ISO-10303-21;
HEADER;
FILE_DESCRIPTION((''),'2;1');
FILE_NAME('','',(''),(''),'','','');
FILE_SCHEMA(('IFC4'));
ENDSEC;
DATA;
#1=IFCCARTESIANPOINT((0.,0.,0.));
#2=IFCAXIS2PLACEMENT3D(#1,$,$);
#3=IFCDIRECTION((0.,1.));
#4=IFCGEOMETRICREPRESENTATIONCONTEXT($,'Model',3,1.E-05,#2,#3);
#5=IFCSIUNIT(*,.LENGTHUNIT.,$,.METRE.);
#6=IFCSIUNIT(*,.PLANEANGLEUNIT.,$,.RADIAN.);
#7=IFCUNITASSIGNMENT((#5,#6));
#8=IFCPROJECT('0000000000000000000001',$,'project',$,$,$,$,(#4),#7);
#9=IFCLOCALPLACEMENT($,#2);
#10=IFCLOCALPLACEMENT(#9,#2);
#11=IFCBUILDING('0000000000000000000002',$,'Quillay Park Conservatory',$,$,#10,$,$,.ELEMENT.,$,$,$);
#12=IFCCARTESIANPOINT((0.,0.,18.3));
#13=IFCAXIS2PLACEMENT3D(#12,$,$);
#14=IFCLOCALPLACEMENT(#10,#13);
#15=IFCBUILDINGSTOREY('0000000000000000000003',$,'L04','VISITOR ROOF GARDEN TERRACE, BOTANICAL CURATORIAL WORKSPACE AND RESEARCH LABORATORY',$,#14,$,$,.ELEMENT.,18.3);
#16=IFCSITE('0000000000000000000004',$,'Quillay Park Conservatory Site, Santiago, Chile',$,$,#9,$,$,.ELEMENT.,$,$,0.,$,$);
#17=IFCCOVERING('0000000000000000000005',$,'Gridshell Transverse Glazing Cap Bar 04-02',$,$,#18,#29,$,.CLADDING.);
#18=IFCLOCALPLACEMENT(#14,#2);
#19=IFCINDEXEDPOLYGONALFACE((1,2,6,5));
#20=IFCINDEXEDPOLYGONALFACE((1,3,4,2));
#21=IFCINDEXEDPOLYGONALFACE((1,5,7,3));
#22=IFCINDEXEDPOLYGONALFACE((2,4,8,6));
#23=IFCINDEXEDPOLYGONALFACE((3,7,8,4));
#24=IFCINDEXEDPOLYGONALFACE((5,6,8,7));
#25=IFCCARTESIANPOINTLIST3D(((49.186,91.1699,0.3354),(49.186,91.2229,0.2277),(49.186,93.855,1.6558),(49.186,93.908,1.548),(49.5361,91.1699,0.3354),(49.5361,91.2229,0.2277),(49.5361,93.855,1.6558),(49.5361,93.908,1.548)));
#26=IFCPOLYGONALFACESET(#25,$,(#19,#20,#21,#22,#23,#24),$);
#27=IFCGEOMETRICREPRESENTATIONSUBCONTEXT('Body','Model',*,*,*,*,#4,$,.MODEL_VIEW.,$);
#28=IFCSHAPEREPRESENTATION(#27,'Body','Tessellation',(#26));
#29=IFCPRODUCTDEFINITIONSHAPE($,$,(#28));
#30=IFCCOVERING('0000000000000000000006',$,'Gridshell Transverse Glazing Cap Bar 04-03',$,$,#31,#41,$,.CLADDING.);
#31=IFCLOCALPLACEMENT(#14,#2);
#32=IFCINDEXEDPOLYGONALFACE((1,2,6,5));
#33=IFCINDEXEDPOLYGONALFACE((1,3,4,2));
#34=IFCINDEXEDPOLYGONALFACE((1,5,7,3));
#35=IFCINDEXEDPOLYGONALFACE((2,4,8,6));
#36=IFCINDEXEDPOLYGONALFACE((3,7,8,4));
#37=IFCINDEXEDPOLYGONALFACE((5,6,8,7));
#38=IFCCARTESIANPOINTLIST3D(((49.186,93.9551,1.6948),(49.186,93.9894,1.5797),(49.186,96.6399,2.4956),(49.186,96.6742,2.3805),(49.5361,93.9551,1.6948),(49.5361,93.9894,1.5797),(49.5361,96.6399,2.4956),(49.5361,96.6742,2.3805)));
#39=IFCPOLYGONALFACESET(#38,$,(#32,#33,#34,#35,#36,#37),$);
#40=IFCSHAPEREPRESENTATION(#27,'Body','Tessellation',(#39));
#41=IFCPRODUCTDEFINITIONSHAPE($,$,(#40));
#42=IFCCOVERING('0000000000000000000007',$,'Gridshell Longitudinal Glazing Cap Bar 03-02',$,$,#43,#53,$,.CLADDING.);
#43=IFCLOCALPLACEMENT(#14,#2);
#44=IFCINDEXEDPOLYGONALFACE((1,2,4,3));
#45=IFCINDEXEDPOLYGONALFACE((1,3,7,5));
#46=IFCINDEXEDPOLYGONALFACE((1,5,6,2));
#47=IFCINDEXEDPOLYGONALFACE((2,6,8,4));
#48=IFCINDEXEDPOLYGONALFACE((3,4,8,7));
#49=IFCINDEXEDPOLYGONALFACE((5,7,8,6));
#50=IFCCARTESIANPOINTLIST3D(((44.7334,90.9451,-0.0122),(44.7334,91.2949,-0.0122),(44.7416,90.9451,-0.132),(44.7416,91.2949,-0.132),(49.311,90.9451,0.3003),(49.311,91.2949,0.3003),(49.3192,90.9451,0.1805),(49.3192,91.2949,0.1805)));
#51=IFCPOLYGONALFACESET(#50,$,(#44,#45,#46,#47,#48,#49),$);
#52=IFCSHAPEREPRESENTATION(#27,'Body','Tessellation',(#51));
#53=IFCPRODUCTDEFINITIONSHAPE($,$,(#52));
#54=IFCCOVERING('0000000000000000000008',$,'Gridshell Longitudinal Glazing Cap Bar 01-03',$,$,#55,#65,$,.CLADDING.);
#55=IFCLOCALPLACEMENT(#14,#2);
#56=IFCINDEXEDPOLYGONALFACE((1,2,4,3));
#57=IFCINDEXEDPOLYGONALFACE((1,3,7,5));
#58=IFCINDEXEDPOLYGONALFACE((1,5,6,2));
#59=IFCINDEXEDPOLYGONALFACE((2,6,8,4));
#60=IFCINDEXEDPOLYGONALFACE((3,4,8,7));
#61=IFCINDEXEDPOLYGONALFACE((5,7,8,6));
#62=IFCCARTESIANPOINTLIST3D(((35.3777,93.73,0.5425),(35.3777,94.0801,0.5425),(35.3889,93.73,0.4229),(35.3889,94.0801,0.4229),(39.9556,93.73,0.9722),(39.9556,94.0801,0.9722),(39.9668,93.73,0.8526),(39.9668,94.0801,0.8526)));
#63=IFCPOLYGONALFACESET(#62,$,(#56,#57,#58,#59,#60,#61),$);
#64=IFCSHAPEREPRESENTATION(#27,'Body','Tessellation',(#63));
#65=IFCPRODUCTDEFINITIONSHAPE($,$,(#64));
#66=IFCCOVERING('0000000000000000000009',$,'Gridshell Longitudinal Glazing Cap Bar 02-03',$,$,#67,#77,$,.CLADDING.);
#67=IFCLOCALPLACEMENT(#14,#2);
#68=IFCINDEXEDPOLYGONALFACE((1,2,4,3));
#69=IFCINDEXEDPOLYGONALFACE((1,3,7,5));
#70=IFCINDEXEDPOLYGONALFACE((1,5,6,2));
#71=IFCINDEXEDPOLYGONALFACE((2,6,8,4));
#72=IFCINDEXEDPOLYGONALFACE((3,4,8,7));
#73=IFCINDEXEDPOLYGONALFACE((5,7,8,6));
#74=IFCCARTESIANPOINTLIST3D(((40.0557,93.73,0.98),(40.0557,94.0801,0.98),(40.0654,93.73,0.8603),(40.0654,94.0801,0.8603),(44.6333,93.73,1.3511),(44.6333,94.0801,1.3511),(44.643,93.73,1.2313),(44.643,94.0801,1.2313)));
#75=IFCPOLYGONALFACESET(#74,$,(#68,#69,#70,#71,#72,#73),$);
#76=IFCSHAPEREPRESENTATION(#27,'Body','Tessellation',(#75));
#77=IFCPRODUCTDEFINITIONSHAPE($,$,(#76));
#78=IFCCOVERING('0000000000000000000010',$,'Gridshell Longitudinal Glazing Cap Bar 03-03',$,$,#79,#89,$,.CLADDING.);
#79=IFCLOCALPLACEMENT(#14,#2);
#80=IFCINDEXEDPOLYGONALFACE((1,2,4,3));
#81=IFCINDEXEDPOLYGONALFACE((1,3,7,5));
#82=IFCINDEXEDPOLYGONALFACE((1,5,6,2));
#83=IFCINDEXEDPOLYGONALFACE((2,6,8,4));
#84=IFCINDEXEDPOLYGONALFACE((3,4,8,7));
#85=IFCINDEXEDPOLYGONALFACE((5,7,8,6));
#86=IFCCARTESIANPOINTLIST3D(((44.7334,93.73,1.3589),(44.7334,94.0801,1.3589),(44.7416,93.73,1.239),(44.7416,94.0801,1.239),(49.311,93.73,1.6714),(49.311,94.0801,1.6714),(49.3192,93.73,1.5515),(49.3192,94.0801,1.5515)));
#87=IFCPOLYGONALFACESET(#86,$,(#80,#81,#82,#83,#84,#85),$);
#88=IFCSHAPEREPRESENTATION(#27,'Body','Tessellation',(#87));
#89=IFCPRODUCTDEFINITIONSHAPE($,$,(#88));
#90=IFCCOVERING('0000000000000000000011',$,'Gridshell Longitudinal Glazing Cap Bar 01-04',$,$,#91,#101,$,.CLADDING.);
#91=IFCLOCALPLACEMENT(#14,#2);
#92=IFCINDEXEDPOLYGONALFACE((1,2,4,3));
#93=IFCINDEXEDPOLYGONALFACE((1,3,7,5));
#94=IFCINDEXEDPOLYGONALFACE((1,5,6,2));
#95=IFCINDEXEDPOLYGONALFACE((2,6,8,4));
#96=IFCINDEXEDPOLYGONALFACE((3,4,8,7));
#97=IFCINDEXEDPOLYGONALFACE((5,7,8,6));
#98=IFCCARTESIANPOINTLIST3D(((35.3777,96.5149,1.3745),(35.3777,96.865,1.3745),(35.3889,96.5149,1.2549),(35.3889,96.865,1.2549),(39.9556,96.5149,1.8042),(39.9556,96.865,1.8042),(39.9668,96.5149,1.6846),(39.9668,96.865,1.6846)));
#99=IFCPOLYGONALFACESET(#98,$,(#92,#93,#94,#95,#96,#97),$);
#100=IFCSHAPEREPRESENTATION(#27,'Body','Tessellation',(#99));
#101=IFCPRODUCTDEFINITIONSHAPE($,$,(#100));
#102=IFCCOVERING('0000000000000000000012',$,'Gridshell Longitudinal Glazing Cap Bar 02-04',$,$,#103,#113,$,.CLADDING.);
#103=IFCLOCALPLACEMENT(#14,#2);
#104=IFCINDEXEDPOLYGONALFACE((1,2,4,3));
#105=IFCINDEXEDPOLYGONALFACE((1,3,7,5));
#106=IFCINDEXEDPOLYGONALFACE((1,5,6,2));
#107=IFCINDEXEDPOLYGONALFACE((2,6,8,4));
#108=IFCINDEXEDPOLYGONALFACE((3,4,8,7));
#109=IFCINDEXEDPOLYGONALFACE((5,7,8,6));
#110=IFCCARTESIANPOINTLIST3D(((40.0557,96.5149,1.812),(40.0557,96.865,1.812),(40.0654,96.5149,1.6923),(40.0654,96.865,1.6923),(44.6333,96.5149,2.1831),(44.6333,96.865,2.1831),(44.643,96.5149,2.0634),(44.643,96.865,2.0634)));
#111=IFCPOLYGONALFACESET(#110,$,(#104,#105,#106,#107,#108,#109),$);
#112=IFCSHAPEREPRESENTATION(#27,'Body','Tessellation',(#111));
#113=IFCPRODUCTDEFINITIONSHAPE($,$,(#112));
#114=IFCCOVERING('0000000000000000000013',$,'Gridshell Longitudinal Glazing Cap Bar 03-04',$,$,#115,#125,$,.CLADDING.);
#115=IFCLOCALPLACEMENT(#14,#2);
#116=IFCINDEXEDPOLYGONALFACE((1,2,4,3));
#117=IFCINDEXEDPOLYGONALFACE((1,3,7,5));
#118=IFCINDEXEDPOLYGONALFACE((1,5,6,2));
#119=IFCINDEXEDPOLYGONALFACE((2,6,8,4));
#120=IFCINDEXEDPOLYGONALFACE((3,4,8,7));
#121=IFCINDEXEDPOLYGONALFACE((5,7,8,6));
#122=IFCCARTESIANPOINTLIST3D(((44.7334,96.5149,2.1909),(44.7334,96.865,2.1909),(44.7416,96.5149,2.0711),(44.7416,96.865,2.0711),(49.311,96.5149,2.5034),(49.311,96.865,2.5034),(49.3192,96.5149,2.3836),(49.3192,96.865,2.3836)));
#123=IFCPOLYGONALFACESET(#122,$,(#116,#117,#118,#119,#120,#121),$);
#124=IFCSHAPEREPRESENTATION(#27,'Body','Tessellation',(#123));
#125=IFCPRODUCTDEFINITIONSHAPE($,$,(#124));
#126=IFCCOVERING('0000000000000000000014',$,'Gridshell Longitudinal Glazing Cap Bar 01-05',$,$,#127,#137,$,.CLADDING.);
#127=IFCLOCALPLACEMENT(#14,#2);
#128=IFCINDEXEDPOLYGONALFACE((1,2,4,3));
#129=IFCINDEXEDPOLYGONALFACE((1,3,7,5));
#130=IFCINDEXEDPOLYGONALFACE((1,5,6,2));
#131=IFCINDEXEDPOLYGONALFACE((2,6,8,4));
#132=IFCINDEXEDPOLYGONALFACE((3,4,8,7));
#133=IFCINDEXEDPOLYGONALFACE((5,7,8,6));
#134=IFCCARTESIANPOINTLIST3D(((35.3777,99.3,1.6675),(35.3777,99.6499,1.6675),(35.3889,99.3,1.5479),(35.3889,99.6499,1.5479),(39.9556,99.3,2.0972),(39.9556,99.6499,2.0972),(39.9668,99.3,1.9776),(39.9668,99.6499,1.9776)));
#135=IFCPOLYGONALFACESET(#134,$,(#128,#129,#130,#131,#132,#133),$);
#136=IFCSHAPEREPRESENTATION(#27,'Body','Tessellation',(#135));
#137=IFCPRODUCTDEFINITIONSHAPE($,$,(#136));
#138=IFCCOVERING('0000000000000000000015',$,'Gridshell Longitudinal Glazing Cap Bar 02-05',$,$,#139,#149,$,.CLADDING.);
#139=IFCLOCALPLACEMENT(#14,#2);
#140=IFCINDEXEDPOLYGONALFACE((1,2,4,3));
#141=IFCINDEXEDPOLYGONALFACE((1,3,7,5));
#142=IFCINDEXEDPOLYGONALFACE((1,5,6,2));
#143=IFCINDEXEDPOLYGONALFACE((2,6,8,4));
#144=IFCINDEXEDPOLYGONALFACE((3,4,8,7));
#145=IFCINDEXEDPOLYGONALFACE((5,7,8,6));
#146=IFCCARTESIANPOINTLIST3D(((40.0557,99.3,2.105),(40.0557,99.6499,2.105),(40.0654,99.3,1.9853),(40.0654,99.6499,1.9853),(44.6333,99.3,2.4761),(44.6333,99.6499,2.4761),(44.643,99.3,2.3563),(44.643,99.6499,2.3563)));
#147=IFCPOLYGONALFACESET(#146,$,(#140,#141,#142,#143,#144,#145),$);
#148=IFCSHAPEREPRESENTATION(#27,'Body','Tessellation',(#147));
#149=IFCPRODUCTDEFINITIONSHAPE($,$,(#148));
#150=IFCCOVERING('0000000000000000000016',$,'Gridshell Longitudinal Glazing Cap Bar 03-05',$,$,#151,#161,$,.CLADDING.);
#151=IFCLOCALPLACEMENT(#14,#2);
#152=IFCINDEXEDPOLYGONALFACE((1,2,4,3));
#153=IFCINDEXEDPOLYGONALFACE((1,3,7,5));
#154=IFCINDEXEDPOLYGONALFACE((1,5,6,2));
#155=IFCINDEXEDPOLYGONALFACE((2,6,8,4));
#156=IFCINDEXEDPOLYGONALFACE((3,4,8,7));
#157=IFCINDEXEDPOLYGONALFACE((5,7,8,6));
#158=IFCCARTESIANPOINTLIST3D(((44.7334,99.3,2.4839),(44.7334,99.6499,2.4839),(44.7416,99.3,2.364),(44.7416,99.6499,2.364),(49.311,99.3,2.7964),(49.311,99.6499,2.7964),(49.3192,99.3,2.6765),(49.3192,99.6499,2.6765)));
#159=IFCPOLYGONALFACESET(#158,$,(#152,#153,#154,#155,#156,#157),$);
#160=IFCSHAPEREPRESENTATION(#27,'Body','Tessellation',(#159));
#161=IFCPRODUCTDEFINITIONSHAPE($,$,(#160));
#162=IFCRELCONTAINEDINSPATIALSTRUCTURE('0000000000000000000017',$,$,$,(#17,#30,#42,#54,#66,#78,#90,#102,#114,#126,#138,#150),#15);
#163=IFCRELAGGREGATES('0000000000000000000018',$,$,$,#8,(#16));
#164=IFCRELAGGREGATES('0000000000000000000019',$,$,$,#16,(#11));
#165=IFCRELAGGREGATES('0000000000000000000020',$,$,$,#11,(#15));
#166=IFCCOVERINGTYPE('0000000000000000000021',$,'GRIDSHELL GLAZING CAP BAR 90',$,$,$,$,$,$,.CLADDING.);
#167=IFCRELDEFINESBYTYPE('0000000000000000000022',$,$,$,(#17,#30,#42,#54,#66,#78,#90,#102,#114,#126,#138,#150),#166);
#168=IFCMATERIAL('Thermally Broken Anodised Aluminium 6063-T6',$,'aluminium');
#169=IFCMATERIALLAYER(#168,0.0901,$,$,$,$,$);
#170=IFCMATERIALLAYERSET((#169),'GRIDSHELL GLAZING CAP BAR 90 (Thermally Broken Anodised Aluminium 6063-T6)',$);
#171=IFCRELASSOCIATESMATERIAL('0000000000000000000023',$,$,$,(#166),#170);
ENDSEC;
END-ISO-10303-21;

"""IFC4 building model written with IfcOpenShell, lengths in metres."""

from ifc_helpers import new_model, si_unit, direction, frame, origin, place, context, subcontext, project, spatial, polyline, outline, extrude, material, layer, layer_set, type_object, element, save


model = new_model("IFC4")

# Units and contexts
model_context = context("Model", 3, precision=1e-05, world=origin(), true_north=direction((0.0, 1.0)))
body_context = subcontext(model_context, "Body", "Model", "MODEL_VIEW")
ifc_project = project(units=[si_unit("LENGTHUNIT", "METRE"), si_unit("PLANEANGLEUNIT", "RADIAN")], contexts=[model_context])

# Site, building, storey
site_placement = place(None, origin())
site = spatial("IfcSite", under=ifc_project, at=site_placement, Name="Quillay Park Conservatory Site, Santiago, Chile", CompositionType="ELEMENT", RefElevation=0.0)
building_placement = place(site_placement, origin())
building = spatial("IfcBuilding", under=site, at=building_placement, Name="Quillay Park Conservatory", CompositionType="ELEMENT")
storey_placement = place(building_placement, frame((0.0, 0.0, 18.3)))
storey = spatial("IfcBuildingStorey", under=building, at=storey_placement, Name="L04", Description="VISITOR ROOF GARDEN TERRACE, BOTANICAL CURATORIAL WORKSPACE AND RESEARCH LABORATORY", CompositionType="ELEMENT", Elevation=18.3)

# Coverings
ifc_material_1 = material(Name="Thermally Broken Anodised Aluminium 6063-T6", Category="aluminium")
ifc_layer_1 = layer(ifc_material_1, 0.0901)
ifc_layer_set_1 = layer_set([ifc_layer_1], Name="GRIDSHELL GLAZING CAP BAR 90 (Thermally Broken Anodised Aluminium 6063-T6)")
covering_type = type_object("IfcCoveringType", Name="GRIDSHELL GLAZING CAP BAR 90", PredefinedType="CLADDING", material=ifc_layer_set_1)
covering_1_placement = place(storey_placement, frame((49.186, 91.1699, 0.3354), z_axis=(0.0, -0.441264, 0.897378), x_axis=(1.0, 0.0, 0.0)))
element("IfcCovering", 1, at=covering_1_placement, inside=storey, type_object=covering_type, Name="Gridshell Transverse Glazing Cap Bar 04-02", PredefinedType="CLADDING", context=body_context, shape_type="SweptSolid", body=[
    extrude(outline(polyline([(0.0, 0.0), (0.3501, 0.0), (0.3501, 2.9921), (0.0, 2.9921), (0.0, 0.0)])), origin(), (0.0, 0.0, -1.0), 0.1201),
])
covering_2_placement = place(storey_placement, frame((49.186, 93.9551, 1.6948), z_axis=(0.0, -0.285821, 0.958283), x_axis=(1.0, 0.0, 0.0)))
element("IfcCovering", 2, at=covering_2_placement, inside=storey, type_object=covering_type, Name="Gridshell Transverse Glazing Cap Bar 04-03", PredefinedType="CLADDING", context=body_context, shape_type="SweptSolid", body=[
    extrude(outline(polyline([(0.0, 0.0), (0.3501, 0.0), (0.3501, 2.8017), (0.0, 2.8017), (0.0, 0.0)])), origin(), (0.0, 0.0, -1.0), 0.1201),
])
covering_3_placement = place(storey_placement, frame((44.7334, 90.9451, -0.0122), z_axis=(-0.068108, 0.0, 0.997678), x_axis=(0.997678, 0.0, 0.068108)))
element("IfcCovering", 3, at=covering_3_placement, inside=storey, type_object=covering_type, Name="Gridshell Longitudinal Glazing Cap Bar 03-02", PredefinedType="CLADDING", context=body_context, shape_type="SweptSolid", body=[
    extrude(outline(polyline([(0.0, 0.0), (4.5883, 0.0), (4.5883, 0.3499), (0.0, 0.3499), (0.0, 0.0)])), origin(), (0.0, 0.0, -1.0), 0.1201),
])
covering_4_placement = place(storey_placement, frame((35.3777, 93.73, 0.5425), z_axis=(-0.093451, 0.0, 0.995624), x_axis=(0.995624, 0.0, 0.093451)))
element("IfcCovering", 4, at=covering_4_placement, inside=storey, type_object=covering_type, Name="Gridshell Longitudinal Glazing Cap Bar 01-03", PredefinedType="CLADDING", context=body_context, shape_type="SweptSolid", body=[
    extrude(outline(polyline([(0.0, 0.0), (4.598, 0.0), (4.598, 0.3501), (0.0, 0.3501), (0.0, 0.0)])), origin(), (0.0, 0.0, -1.0), 0.1201),
])
covering_5_placement = place(storey_placement, frame((40.0557, 93.73, 0.98), z_axis=(-0.080802, 0.0, 0.99673), x_axis=(0.99673, 0.0, 0.080802)))
element("IfcCovering", 5, at=covering_5_placement, inside=storey, type_object=covering_type, Name="Gridshell Longitudinal Glazing Cap Bar 02-03", PredefinedType="CLADDING", context=body_context, shape_type="SweptSolid", body=[
    extrude(outline(polyline([(0.0, 0.0), (4.5927, 0.0), (4.5927, 0.3501), (0.0, 0.3501), (0.0, 0.0)])), origin(), (0.0, 0.0, -1.0), 0.1201),
])
covering_6_placement = place(storey_placement, frame((44.7334, 93.73, 1.3589), z_axis=(-0.068108, 0.0, 0.997678), x_axis=(0.997678, 0.0, 0.068108)))
element("IfcCovering", 6, at=covering_6_placement, inside=storey, type_object=covering_type, Name="Gridshell Longitudinal Glazing Cap Bar 03-03", PredefinedType="CLADDING", context=body_context, shape_type="SweptSolid", body=[
    extrude(outline(polyline([(0.0, 0.0), (4.5883, 0.0), (4.5883, 0.3501), (0.0, 0.3501), (0.0, 0.0)])), origin(), (0.0, 0.0, -1.0), 0.1201),
])
covering_7_placement = place(storey_placement, frame((35.3777, 96.5149, 1.3745), z_axis=(-0.093451, 0.0, 0.995624), x_axis=(0.995624, 0.0, 0.093451)))
element("IfcCovering", 7, at=covering_7_placement, inside=storey, type_object=covering_type, Name="Gridshell Longitudinal Glazing Cap Bar 01-04", PredefinedType="CLADDING", context=body_context, shape_type="SweptSolid", body=[
    extrude(outline(polyline([(0.0, 0.0), (4.598, 0.0), (4.598, 0.3501), (0.0, 0.3501), (0.0, 0.0)])), origin(), (0.0, 0.0, -1.0), 0.1201),
])
covering_8_placement = place(storey_placement, frame((40.0557, 96.5149, 1.812), z_axis=(-0.080802, 0.0, 0.99673), x_axis=(0.99673, 0.0, 0.080802)))
element("IfcCovering", 8, at=covering_8_placement, inside=storey, type_object=covering_type, Name="Gridshell Longitudinal Glazing Cap Bar 02-04", PredefinedType="CLADDING", context=body_context, shape_type="SweptSolid", body=[
    extrude(outline(polyline([(0.0, 0.0), (4.5927, 0.0), (4.5927, 0.3501), (0.0, 0.3501), (0.0, 0.0)])), origin(), (0.0, 0.0, -1.0), 0.1201),
])
covering_9_placement = place(storey_placement, frame((44.7334, 96.5149, 2.1909), z_axis=(-0.068108, 0.0, 0.997678), x_axis=(0.997678, 0.0, 0.068108)))
element("IfcCovering", 9, at=covering_9_placement, inside=storey, type_object=covering_type, Name="Gridshell Longitudinal Glazing Cap Bar 03-04", PredefinedType="CLADDING", context=body_context, shape_type="SweptSolid", body=[
    extrude(outline(polyline([(0.0, 0.0), (4.5883, 0.0), (4.5883, 0.3501), (0.0, 0.3501), (0.0, 0.0)])), origin(), (0.0, 0.0, -1.0), 0.1201),
])
covering_10_placement = place(storey_placement, frame((35.3777, 99.3, 1.6675), z_axis=(-0.093451, 0.0, 0.995624), x_axis=(0.995624, 0.0, 0.093451)))
element("IfcCovering", 10, at=covering_10_placement, inside=storey, type_object=covering_type, Name="Gridshell Longitudinal Glazing Cap Bar 01-05", PredefinedType="CLADDING", context=body_context, shape_type="SweptSolid", body=[
    extrude(outline(polyline([(0.0, 0.0), (4.598, 0.0), (4.598, 0.3499), (0.0, 0.3499), (0.0, 0.0)])), origin(), (0.0, 0.0, -1.0), 0.1201),
])
covering_11_placement = place(storey_placement, frame((40.0557, 99.3, 2.105), z_axis=(-0.080802, 0.0, 0.99673), x_axis=(0.99673, 0.0, 0.080802)))
element("IfcCovering", 11, at=covering_11_placement, inside=storey, type_object=covering_type, Name="Gridshell Longitudinal Glazing Cap Bar 02-05", PredefinedType="CLADDING", context=body_context, shape_type="SweptSolid", body=[
    extrude(outline(polyline([(0.0, 0.0), (4.5927, 0.0), (4.5927, 0.3499), (0.0, 0.3499), (0.0, 0.0)])), origin(), (0.0, 0.0, -1.0), 0.1201),
])
covering_12_placement = place(storey_placement, frame((44.7334, 99.3, 2.4839), z_axis=(-0.068108, 0.0, 0.997678), x_axis=(0.997678, 0.0, 0.068108)))
element("IfcCovering", 12, at=covering_12_placement, inside=storey, type_object=covering_type, Name="Gridshell Longitudinal Glazing Cap Bar 03-05", PredefinedType="CLADDING", context=body_context, shape_type="SweptSolid", body=[
    extrude(outline(polyline([(0.0, 0.0), (4.5883, 0.0), (4.5883, 0.3499), (0.0, 0.3499), (0.0, 0.0)])), origin(), (0.0, 0.0, -1.0), 0.1201),
])

save(model, "model.ifc")
